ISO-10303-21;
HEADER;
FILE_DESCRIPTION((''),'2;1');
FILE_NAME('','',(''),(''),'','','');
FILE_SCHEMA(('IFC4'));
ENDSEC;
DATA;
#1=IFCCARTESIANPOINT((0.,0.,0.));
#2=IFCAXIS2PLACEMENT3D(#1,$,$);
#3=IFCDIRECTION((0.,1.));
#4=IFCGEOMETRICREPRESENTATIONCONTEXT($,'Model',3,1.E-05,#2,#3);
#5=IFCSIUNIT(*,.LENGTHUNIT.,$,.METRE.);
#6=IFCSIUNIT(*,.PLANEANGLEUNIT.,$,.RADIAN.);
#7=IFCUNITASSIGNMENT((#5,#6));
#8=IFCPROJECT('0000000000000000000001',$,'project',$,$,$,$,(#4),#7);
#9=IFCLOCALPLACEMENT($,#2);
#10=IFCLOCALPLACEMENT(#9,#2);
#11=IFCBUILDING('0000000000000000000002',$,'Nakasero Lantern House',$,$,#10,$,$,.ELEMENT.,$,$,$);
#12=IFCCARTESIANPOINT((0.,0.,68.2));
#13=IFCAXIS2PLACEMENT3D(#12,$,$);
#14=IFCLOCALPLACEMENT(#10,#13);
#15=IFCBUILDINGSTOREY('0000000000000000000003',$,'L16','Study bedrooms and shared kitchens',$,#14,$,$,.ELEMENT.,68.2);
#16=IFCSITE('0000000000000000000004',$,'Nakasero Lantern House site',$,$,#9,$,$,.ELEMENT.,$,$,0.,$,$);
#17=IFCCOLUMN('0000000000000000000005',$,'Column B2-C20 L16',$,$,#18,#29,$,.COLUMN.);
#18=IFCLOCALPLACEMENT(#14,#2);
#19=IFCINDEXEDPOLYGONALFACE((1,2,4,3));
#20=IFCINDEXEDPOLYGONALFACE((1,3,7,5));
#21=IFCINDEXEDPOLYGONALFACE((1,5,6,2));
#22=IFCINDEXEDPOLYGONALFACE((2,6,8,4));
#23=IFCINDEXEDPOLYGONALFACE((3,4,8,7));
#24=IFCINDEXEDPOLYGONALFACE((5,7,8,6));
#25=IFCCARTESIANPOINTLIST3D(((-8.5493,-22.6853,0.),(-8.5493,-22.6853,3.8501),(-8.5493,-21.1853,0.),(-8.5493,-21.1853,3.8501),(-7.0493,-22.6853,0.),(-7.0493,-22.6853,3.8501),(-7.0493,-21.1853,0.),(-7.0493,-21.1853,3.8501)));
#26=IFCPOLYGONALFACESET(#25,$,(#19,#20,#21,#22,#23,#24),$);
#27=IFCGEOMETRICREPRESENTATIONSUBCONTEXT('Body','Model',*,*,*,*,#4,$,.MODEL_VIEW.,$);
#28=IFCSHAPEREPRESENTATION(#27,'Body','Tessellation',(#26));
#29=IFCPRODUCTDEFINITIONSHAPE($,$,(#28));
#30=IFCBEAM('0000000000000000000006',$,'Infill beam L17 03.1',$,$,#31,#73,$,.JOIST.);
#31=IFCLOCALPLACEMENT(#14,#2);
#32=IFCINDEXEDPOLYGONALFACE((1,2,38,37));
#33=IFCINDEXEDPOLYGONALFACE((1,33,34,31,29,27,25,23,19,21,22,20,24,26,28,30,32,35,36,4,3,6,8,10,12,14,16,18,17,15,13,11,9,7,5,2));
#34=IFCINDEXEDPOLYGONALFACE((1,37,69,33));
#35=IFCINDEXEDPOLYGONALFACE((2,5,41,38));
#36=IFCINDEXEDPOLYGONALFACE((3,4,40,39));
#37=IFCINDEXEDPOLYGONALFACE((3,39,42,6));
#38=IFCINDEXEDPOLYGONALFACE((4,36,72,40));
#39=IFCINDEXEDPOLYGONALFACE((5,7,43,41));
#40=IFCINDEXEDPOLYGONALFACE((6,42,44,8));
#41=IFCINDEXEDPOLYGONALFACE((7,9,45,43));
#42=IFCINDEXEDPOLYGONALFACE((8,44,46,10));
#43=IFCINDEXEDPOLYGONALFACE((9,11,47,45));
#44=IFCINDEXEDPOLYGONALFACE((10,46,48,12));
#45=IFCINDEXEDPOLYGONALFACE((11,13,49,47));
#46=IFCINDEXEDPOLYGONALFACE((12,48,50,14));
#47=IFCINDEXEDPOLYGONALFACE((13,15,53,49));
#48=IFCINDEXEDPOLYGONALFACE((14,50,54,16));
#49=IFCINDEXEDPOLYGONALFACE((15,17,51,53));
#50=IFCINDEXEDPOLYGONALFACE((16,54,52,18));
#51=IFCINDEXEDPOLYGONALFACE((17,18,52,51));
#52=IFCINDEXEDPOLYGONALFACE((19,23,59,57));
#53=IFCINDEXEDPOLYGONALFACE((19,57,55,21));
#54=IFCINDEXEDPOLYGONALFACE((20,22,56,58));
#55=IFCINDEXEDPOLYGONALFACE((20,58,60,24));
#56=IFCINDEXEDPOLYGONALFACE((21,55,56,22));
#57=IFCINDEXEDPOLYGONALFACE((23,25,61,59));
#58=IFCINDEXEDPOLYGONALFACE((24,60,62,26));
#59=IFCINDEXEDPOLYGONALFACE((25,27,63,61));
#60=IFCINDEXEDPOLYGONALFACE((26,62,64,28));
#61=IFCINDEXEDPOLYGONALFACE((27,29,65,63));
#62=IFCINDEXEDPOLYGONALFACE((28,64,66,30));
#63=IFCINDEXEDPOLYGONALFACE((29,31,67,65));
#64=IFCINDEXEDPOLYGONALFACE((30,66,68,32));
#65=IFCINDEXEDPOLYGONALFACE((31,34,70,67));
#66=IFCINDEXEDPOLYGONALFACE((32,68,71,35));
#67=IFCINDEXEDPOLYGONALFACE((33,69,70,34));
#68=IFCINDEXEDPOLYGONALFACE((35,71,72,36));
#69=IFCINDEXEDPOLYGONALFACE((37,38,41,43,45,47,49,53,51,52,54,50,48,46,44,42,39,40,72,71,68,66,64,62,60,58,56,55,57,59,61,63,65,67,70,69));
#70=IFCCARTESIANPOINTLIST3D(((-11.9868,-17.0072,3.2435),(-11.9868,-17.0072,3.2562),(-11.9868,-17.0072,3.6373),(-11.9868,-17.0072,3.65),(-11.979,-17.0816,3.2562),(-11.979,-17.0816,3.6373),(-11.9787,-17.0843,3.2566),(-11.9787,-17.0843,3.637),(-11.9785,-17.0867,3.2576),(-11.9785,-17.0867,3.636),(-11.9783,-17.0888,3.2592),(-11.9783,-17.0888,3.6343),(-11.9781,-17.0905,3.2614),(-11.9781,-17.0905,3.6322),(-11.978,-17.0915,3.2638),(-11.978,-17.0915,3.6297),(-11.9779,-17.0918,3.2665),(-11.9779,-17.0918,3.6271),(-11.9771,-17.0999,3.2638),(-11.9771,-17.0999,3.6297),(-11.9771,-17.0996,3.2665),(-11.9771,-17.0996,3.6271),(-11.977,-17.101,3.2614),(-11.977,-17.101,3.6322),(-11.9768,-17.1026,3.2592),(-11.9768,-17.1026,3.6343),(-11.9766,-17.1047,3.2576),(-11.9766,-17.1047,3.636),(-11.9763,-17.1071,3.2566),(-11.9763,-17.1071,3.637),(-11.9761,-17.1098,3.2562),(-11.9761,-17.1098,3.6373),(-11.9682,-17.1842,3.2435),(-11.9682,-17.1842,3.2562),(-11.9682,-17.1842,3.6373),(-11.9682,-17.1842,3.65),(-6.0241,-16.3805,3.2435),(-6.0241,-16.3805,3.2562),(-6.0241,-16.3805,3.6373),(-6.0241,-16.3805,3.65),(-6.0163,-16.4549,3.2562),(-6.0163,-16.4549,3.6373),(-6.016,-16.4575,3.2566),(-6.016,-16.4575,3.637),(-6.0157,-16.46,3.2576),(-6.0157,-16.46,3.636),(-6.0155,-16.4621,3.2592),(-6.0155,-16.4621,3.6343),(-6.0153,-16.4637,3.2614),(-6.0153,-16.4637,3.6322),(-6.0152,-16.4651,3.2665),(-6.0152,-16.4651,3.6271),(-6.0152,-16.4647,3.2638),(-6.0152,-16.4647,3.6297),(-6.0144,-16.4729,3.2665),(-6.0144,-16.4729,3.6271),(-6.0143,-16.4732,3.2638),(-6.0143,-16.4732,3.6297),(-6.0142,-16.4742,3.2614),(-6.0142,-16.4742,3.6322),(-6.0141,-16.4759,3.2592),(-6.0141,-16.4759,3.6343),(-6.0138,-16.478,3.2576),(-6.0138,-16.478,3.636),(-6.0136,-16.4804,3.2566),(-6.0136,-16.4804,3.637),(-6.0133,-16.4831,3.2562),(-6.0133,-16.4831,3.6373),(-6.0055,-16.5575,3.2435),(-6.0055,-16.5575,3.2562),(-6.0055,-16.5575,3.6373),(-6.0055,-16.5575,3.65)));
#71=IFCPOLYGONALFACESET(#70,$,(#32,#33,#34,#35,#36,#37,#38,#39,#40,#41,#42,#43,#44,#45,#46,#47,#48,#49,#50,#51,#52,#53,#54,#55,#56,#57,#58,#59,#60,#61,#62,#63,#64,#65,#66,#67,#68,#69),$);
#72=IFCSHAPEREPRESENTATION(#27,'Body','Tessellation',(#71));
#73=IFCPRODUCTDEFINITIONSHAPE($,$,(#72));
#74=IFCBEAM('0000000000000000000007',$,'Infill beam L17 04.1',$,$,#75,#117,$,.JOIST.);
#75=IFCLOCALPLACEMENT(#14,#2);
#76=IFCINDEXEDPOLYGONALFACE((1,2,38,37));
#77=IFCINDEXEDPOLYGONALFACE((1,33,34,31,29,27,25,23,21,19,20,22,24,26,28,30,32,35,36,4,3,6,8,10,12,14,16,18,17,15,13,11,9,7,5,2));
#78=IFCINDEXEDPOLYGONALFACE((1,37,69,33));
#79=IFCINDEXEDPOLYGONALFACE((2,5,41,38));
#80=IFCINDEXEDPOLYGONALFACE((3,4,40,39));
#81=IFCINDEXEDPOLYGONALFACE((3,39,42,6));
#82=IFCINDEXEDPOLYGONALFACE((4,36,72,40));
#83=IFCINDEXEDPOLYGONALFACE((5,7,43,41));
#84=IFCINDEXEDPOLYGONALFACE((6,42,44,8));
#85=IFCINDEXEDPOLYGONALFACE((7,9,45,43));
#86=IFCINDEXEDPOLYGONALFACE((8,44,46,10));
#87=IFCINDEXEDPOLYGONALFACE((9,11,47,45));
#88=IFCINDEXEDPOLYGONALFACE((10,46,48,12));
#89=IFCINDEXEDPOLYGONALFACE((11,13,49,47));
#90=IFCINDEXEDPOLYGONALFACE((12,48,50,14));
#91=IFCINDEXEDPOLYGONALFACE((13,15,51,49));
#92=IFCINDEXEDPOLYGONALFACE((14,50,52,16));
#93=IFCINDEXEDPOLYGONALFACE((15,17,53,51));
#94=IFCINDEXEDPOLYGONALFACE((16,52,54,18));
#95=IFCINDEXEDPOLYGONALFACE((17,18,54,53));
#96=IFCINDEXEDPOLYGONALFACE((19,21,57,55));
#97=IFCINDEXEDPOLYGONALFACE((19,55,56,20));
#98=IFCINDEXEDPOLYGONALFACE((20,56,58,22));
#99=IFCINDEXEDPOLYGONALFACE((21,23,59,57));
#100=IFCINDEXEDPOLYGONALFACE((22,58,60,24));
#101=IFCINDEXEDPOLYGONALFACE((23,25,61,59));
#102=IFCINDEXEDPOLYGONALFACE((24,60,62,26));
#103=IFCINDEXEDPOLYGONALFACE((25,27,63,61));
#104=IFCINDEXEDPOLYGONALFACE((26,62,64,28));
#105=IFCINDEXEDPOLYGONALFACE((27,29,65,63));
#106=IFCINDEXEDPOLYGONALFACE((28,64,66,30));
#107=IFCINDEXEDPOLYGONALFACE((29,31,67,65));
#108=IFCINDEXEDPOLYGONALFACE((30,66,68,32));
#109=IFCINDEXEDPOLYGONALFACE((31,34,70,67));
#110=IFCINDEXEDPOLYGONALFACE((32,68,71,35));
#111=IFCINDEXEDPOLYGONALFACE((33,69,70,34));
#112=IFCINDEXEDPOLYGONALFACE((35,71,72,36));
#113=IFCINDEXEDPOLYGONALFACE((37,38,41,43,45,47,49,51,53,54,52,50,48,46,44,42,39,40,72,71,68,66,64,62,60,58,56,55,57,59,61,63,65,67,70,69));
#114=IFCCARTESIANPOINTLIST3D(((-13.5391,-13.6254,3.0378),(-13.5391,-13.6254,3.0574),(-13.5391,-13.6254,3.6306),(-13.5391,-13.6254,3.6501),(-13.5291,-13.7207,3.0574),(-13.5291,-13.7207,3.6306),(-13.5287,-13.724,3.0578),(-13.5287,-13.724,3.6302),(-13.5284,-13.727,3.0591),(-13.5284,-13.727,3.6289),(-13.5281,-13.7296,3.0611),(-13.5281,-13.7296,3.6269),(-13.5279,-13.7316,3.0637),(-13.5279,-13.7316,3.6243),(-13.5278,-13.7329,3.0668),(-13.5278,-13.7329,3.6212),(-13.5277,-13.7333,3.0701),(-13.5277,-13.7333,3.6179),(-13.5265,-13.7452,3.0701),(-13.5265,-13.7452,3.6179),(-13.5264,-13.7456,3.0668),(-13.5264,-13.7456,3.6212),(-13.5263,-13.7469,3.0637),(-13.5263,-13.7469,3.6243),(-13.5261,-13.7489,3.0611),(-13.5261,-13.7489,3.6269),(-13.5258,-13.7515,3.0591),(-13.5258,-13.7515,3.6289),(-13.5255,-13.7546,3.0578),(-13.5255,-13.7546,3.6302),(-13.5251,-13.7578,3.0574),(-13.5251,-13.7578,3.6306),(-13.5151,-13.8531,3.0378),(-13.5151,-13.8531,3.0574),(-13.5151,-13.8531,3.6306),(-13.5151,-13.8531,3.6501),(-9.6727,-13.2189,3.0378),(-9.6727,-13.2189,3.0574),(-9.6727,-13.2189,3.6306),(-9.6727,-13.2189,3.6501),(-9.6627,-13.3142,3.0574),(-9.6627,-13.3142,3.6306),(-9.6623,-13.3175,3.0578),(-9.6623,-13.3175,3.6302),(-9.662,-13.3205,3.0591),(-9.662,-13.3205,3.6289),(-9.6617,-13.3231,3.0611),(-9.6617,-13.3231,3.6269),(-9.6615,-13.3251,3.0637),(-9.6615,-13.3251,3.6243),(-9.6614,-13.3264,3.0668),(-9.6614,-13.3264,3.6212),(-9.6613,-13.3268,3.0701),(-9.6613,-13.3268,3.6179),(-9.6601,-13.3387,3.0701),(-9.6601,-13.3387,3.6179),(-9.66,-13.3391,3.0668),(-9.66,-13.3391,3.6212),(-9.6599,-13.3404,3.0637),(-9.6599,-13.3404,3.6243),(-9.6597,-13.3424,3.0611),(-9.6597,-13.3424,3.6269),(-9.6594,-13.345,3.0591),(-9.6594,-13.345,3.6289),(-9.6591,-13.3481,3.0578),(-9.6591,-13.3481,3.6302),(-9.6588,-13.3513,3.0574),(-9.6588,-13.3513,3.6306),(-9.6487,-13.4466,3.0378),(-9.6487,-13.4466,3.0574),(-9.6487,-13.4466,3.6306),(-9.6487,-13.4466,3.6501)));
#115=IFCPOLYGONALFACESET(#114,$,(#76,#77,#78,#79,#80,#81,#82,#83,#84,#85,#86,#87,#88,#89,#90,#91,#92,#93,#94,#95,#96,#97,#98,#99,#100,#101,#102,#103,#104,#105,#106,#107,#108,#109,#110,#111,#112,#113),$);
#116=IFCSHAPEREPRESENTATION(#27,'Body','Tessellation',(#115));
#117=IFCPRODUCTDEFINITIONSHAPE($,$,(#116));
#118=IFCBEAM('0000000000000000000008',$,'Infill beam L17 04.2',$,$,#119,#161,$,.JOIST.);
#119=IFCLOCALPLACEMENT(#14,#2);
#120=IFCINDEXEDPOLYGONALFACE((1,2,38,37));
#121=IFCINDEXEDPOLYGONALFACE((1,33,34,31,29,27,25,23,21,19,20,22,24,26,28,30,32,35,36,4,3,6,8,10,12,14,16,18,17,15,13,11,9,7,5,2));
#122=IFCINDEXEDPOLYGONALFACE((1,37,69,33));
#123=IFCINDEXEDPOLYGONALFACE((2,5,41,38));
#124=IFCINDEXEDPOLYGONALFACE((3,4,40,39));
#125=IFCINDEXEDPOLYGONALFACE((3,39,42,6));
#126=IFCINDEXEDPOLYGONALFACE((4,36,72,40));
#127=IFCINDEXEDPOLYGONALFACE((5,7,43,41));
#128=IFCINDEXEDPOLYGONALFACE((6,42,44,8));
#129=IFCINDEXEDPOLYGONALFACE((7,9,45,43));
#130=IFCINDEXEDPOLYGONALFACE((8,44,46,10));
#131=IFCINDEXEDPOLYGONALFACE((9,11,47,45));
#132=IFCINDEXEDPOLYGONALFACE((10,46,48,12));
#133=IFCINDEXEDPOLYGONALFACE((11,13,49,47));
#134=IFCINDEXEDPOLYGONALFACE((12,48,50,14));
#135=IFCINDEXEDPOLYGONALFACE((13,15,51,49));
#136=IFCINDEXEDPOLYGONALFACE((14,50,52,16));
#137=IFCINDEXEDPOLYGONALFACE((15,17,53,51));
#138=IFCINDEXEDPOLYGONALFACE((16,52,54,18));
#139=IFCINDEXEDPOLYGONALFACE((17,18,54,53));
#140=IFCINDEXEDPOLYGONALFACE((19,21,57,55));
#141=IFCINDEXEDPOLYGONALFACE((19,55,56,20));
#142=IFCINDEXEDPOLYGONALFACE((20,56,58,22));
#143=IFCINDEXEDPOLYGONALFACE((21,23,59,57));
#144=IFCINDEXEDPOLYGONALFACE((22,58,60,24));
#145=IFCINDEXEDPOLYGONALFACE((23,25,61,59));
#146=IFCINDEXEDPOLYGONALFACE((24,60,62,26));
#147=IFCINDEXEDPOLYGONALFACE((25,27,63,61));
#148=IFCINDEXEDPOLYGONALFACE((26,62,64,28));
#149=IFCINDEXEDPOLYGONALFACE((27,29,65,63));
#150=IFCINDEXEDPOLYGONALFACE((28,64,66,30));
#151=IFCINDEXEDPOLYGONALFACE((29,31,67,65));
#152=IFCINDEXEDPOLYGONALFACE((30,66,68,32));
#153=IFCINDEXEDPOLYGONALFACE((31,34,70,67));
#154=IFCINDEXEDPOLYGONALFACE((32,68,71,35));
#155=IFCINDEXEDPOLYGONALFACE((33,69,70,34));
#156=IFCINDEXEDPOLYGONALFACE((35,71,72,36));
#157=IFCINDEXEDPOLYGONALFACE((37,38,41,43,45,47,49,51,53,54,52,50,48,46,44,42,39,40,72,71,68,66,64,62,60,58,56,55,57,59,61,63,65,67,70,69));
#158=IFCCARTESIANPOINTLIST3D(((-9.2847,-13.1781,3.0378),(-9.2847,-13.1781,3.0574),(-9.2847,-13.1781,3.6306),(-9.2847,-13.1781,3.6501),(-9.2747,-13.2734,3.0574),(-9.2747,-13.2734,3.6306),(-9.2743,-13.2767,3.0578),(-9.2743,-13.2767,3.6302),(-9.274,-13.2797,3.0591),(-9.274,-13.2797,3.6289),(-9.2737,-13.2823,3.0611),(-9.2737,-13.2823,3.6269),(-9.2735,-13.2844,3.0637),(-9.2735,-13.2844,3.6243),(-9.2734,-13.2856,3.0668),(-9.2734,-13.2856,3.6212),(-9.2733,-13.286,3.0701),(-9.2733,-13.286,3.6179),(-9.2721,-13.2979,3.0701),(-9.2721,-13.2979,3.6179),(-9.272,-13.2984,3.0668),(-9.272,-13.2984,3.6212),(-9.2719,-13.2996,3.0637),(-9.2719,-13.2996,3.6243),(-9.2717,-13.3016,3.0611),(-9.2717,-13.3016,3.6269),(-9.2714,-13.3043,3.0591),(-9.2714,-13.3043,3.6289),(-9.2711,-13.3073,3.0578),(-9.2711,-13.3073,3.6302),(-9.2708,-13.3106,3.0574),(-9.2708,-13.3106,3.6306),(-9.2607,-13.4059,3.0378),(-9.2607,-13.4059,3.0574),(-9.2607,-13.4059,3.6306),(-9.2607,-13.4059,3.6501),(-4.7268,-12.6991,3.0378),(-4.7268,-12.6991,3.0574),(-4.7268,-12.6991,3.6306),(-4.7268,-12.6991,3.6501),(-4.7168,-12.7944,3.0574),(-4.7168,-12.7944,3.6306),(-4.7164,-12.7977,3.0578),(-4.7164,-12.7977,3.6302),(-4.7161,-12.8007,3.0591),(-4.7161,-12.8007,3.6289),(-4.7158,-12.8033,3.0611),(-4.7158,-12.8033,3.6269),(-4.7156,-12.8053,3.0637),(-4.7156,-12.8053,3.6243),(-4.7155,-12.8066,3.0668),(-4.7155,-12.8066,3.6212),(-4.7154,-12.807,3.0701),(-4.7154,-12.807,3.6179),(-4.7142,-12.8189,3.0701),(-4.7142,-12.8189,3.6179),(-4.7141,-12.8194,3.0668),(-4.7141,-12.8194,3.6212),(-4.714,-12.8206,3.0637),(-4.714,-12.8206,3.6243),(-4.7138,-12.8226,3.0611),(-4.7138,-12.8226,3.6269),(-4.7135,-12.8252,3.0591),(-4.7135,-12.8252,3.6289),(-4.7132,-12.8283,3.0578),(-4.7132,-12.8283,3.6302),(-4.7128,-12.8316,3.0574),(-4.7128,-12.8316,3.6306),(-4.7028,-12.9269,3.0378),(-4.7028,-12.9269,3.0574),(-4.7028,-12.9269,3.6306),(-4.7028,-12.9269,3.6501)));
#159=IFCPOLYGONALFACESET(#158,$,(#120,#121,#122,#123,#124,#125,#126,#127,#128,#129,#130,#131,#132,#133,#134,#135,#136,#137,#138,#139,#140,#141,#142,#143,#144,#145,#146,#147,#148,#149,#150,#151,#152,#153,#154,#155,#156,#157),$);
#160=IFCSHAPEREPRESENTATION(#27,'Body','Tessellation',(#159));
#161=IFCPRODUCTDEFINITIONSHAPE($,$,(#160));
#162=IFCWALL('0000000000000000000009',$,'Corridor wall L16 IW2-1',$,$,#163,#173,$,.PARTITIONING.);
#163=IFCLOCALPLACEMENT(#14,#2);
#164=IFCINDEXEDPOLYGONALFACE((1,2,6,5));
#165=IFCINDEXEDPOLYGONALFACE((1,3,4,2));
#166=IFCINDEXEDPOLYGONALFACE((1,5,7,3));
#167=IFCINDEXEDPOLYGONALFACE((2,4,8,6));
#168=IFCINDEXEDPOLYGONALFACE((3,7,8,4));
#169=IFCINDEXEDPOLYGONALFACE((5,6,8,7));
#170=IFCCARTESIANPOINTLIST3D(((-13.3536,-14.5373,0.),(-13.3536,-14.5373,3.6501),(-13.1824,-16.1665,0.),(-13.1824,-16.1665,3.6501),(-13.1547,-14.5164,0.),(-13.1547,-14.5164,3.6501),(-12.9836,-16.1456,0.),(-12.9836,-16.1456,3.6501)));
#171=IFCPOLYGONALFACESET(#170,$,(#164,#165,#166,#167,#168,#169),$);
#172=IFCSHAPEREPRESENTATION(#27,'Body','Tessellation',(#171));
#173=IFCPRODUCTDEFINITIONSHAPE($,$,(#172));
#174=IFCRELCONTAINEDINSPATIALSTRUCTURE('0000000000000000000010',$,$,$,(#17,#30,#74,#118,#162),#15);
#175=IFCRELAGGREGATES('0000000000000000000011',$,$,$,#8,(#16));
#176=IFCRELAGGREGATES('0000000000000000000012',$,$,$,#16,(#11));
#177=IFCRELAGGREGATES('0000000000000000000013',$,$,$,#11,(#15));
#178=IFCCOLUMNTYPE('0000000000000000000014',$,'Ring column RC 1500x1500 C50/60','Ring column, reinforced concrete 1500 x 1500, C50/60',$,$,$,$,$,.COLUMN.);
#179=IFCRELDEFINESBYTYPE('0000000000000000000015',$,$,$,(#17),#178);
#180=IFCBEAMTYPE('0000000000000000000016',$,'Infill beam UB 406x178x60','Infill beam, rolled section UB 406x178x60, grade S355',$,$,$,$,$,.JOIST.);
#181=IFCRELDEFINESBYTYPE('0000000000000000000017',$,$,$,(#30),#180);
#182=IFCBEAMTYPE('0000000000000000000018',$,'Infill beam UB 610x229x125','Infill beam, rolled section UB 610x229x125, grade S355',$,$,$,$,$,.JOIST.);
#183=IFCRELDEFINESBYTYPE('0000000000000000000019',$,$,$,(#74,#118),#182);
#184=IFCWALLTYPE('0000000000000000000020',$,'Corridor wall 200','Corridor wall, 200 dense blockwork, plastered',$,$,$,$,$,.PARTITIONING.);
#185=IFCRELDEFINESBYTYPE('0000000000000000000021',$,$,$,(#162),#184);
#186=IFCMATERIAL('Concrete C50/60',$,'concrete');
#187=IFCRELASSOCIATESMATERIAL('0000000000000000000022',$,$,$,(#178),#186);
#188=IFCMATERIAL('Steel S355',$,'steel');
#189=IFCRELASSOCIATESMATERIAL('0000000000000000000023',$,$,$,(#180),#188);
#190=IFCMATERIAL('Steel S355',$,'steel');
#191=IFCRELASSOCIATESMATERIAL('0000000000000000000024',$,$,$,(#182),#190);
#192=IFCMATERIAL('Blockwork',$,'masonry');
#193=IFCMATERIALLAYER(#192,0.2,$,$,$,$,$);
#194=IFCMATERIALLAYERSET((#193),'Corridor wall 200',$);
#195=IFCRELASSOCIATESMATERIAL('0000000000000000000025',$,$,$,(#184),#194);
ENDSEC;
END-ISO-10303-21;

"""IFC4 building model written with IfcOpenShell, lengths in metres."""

from ifc_helpers import new_model, si_unit, direction, frame, frame_2d, origin, origin_2d, place, context, subcontext, project, spatial, rectangle, i_section, extrude, material, layer, layer_set, material_profile, profile_set, type_object, element, save


model = new_model("IFC4")

# Units and contexts
model_context = context("Model", 3, precision=1e-05, world=origin(), true_north=direction((0.0, 1.0)))
body_context = subcontext(model_context, "Body", "Model", "MODEL_VIEW")
ifc_project = project(units=[si_unit("LENGTHUNIT", "METRE"), si_unit("PLANEANGLEUNIT", "RADIAN")], contexts=[model_context])

# Site, building, storey
site_placement = place(None, origin())
site = spatial("IfcSite", under=ifc_project, at=site_placement, Name="Nakasero Lantern House site", CompositionType="ELEMENT", RefElevation=0.0)
building_placement = place(site_placement, origin())
building = spatial("IfcBuilding", under=site, at=building_placement, Name="Nakasero Lantern House", CompositionType="ELEMENT")
storey_placement = place(building_placement, frame((0.0, 0.0, 68.2)))
storey = spatial("IfcBuildingStorey", under=building, at=storey_placement, Name="L16", Description="Study bedrooms and shared kitchens", CompositionType="ELEMENT", Elevation=68.2)

# Column
ifc_material_1 = material(Name="Concrete C50/60", Category="concrete")
ifc_material_profile_1 = material_profile(ifc_material_1, rectangle(XDim=1.5, YDim=1.5, at=origin_2d()), Name="RC 1500x1500")
ifc_profile_set_1 = profile_set([ifc_material_profile_1], Name="Concrete C50/60")
column_type = type_object("IfcColumnType", Name="Ring column RC 1500x1500 C50/60", Description="Ring column, reinforced concrete 1500 x 1500, C50/60", PredefinedType="COLUMN", material=ifc_profile_set_1)
column_placement = place(storey_placement, frame((-7.7993, -21.9353, 0.0), z_axis=(0.0, 0.0, 1.0), x_axis=(1.0, 0.0, 0.0)))
element("IfcColumn", 1, at=column_placement, inside=storey, type_object=column_type, Name="Column B2-C20 L16", PredefinedType="COLUMN", context=body_context, shape_type="SweptSolid", body=[
    extrude(rectangle(XDim=1.5, YDim=1.5, at=origin_2d()), origin(), (0.0, 0.0, 1.0), 3.8501),
])

# Beams
ifc_material_2 = material(Name="Steel S355", Category="steel")
ifc_material_profile_2 = material_profile(ifc_material_2, i_section(OverallWidth=0.178, OverallDepth=0.4065, WebThickness=0.0078, FlangeThickness=0.0127, FilletRadius=0.0103, at=origin_2d()), Name="UB 406x178x60")
ifc_profile_set_2 = profile_set([ifc_material_profile_2], Name="Steel S355")
beam_type_1 = type_object("IfcBeamType", Name="Infill beam UB 406x178x60", Description="Infill beam, rolled section UB 406x178x60, grade S355", PredefinedType="JOIST", material=ifc_profile_set_2)
beam_1_placement = place(storey_placement, frame((-11.9775, -17.0957, 3.4468), z_axis=(0.994522, 0.10453, 0.0), x_axis=(-0.10453, 0.994522, 0.0)))
element("IfcBeam", 2, at=beam_1_placement, inside=storey, type_object=beam_type_1, Name="Infill beam L17 03.1", PredefinedType="JOIST", context=body_context, shape_type="SweptSolid", body=[
    extrude(i_section(OverallWidth=0.178, OverallDepth=0.4065, WebThickness=0.0078, FlangeThickness=0.0127, FilletRadius=0.0103, at=origin_2d()), origin(), (0.0, 0.0, 1.0), 5.9956),
])
ifc_material_3 = material(Name="Steel S355", Category="steel")
ifc_material_profile_3 = material_profile(ifc_material_3, i_section(OverallWidth=0.229, OverallDepth=0.6123, WebThickness=0.012, FlangeThickness=0.0195, FilletRadius=0.0127, at=origin_2d()), Name="UB 610x229x125")
ifc_profile_set_3 = profile_set([ifc_material_profile_3], Name="Steel S355")
beam_type_2 = type_object("IfcBeamType", Name="Infill beam UB 610x229x125", Description="Infill beam, rolled section UB 610x229x125, grade S355", PredefinedType="JOIST", material=ifc_profile_set_3)
beam_2_placement = place(storey_placement, frame((-13.5271, -13.7393, 3.344), z_axis=(0.994519, 0.104557, 0.0), x_axis=(-0.104557, 0.994519, 0.0)))
element("IfcBeam", 3, at=beam_2_placement, inside=storey, type_object=beam_type_2, Name="Infill beam L17 04.1", PredefinedType="JOIST", context=body_context, shape_type="SweptSolid", body=[
    extrude(i_section(OverallWidth=0.229, OverallDepth=0.6123, WebThickness=0.012, FlangeThickness=0.0195, FilletRadius=0.0127, at=origin_2d()), origin(), (0.0, 0.0, 1.0), 3.8877),
])
beam_3_placement = place(storey_placement, frame((-9.2727, -13.292, 3.344), z_axis=(0.994523, 0.104518, 0.0), x_axis=(-0.104518, 0.994523, 0.0)))
element("IfcBeam", 4, at=beam_3_placement, inside=storey, type_object=beam_type_2, Name="Infill beam L17 04.2", PredefinedType="JOIST", context=body_context, shape_type="SweptSolid", body=[
    extrude(i_section(OverallWidth=0.229, OverallDepth=0.6123, WebThickness=0.012, FlangeThickness=0.0195, FilletRadius=0.0127, at=origin_2d()), origin(), (0.0, 0.0, 1.0), 4.583),
])

# Wall
ifc_material_4 = material(Name="Blockwork", Category="masonry")
ifc_layer_1 = layer(ifc_material_4, 0.2)
ifc_layer_set_1 = layer_set([ifc_layer_1], Name="Corridor wall 200")
wall_type_1 = type_object("IfcWallType", Name="Corridor wall 200", Description="Corridor wall, 200 dense blockwork, plastered", PredefinedType="PARTITIONING", material=ifc_layer_set_1)
wall_1_placement = place(storey_placement, frame((-13.2542, -14.5269, 0.0), z_axis=(0.0, 0.0, 1.0), x_axis=(0.104475, -0.994527, 0.0)))
element("IfcWall", 5, at=wall_1_placement, inside=storey, type_object=wall_type_1, Name="Corridor wall L16 IW2-1", PredefinedType="PARTITIONING", context=body_context, shape_type="SweptSolid", body=[
    extrude(rectangle(XDim=1.6382, YDim=0.2, at=frame_2d((0.8191, 0.0))), origin(), (0.0, 0.0, 1.0), 3.6501),
])

save(model, "model.ifc")
